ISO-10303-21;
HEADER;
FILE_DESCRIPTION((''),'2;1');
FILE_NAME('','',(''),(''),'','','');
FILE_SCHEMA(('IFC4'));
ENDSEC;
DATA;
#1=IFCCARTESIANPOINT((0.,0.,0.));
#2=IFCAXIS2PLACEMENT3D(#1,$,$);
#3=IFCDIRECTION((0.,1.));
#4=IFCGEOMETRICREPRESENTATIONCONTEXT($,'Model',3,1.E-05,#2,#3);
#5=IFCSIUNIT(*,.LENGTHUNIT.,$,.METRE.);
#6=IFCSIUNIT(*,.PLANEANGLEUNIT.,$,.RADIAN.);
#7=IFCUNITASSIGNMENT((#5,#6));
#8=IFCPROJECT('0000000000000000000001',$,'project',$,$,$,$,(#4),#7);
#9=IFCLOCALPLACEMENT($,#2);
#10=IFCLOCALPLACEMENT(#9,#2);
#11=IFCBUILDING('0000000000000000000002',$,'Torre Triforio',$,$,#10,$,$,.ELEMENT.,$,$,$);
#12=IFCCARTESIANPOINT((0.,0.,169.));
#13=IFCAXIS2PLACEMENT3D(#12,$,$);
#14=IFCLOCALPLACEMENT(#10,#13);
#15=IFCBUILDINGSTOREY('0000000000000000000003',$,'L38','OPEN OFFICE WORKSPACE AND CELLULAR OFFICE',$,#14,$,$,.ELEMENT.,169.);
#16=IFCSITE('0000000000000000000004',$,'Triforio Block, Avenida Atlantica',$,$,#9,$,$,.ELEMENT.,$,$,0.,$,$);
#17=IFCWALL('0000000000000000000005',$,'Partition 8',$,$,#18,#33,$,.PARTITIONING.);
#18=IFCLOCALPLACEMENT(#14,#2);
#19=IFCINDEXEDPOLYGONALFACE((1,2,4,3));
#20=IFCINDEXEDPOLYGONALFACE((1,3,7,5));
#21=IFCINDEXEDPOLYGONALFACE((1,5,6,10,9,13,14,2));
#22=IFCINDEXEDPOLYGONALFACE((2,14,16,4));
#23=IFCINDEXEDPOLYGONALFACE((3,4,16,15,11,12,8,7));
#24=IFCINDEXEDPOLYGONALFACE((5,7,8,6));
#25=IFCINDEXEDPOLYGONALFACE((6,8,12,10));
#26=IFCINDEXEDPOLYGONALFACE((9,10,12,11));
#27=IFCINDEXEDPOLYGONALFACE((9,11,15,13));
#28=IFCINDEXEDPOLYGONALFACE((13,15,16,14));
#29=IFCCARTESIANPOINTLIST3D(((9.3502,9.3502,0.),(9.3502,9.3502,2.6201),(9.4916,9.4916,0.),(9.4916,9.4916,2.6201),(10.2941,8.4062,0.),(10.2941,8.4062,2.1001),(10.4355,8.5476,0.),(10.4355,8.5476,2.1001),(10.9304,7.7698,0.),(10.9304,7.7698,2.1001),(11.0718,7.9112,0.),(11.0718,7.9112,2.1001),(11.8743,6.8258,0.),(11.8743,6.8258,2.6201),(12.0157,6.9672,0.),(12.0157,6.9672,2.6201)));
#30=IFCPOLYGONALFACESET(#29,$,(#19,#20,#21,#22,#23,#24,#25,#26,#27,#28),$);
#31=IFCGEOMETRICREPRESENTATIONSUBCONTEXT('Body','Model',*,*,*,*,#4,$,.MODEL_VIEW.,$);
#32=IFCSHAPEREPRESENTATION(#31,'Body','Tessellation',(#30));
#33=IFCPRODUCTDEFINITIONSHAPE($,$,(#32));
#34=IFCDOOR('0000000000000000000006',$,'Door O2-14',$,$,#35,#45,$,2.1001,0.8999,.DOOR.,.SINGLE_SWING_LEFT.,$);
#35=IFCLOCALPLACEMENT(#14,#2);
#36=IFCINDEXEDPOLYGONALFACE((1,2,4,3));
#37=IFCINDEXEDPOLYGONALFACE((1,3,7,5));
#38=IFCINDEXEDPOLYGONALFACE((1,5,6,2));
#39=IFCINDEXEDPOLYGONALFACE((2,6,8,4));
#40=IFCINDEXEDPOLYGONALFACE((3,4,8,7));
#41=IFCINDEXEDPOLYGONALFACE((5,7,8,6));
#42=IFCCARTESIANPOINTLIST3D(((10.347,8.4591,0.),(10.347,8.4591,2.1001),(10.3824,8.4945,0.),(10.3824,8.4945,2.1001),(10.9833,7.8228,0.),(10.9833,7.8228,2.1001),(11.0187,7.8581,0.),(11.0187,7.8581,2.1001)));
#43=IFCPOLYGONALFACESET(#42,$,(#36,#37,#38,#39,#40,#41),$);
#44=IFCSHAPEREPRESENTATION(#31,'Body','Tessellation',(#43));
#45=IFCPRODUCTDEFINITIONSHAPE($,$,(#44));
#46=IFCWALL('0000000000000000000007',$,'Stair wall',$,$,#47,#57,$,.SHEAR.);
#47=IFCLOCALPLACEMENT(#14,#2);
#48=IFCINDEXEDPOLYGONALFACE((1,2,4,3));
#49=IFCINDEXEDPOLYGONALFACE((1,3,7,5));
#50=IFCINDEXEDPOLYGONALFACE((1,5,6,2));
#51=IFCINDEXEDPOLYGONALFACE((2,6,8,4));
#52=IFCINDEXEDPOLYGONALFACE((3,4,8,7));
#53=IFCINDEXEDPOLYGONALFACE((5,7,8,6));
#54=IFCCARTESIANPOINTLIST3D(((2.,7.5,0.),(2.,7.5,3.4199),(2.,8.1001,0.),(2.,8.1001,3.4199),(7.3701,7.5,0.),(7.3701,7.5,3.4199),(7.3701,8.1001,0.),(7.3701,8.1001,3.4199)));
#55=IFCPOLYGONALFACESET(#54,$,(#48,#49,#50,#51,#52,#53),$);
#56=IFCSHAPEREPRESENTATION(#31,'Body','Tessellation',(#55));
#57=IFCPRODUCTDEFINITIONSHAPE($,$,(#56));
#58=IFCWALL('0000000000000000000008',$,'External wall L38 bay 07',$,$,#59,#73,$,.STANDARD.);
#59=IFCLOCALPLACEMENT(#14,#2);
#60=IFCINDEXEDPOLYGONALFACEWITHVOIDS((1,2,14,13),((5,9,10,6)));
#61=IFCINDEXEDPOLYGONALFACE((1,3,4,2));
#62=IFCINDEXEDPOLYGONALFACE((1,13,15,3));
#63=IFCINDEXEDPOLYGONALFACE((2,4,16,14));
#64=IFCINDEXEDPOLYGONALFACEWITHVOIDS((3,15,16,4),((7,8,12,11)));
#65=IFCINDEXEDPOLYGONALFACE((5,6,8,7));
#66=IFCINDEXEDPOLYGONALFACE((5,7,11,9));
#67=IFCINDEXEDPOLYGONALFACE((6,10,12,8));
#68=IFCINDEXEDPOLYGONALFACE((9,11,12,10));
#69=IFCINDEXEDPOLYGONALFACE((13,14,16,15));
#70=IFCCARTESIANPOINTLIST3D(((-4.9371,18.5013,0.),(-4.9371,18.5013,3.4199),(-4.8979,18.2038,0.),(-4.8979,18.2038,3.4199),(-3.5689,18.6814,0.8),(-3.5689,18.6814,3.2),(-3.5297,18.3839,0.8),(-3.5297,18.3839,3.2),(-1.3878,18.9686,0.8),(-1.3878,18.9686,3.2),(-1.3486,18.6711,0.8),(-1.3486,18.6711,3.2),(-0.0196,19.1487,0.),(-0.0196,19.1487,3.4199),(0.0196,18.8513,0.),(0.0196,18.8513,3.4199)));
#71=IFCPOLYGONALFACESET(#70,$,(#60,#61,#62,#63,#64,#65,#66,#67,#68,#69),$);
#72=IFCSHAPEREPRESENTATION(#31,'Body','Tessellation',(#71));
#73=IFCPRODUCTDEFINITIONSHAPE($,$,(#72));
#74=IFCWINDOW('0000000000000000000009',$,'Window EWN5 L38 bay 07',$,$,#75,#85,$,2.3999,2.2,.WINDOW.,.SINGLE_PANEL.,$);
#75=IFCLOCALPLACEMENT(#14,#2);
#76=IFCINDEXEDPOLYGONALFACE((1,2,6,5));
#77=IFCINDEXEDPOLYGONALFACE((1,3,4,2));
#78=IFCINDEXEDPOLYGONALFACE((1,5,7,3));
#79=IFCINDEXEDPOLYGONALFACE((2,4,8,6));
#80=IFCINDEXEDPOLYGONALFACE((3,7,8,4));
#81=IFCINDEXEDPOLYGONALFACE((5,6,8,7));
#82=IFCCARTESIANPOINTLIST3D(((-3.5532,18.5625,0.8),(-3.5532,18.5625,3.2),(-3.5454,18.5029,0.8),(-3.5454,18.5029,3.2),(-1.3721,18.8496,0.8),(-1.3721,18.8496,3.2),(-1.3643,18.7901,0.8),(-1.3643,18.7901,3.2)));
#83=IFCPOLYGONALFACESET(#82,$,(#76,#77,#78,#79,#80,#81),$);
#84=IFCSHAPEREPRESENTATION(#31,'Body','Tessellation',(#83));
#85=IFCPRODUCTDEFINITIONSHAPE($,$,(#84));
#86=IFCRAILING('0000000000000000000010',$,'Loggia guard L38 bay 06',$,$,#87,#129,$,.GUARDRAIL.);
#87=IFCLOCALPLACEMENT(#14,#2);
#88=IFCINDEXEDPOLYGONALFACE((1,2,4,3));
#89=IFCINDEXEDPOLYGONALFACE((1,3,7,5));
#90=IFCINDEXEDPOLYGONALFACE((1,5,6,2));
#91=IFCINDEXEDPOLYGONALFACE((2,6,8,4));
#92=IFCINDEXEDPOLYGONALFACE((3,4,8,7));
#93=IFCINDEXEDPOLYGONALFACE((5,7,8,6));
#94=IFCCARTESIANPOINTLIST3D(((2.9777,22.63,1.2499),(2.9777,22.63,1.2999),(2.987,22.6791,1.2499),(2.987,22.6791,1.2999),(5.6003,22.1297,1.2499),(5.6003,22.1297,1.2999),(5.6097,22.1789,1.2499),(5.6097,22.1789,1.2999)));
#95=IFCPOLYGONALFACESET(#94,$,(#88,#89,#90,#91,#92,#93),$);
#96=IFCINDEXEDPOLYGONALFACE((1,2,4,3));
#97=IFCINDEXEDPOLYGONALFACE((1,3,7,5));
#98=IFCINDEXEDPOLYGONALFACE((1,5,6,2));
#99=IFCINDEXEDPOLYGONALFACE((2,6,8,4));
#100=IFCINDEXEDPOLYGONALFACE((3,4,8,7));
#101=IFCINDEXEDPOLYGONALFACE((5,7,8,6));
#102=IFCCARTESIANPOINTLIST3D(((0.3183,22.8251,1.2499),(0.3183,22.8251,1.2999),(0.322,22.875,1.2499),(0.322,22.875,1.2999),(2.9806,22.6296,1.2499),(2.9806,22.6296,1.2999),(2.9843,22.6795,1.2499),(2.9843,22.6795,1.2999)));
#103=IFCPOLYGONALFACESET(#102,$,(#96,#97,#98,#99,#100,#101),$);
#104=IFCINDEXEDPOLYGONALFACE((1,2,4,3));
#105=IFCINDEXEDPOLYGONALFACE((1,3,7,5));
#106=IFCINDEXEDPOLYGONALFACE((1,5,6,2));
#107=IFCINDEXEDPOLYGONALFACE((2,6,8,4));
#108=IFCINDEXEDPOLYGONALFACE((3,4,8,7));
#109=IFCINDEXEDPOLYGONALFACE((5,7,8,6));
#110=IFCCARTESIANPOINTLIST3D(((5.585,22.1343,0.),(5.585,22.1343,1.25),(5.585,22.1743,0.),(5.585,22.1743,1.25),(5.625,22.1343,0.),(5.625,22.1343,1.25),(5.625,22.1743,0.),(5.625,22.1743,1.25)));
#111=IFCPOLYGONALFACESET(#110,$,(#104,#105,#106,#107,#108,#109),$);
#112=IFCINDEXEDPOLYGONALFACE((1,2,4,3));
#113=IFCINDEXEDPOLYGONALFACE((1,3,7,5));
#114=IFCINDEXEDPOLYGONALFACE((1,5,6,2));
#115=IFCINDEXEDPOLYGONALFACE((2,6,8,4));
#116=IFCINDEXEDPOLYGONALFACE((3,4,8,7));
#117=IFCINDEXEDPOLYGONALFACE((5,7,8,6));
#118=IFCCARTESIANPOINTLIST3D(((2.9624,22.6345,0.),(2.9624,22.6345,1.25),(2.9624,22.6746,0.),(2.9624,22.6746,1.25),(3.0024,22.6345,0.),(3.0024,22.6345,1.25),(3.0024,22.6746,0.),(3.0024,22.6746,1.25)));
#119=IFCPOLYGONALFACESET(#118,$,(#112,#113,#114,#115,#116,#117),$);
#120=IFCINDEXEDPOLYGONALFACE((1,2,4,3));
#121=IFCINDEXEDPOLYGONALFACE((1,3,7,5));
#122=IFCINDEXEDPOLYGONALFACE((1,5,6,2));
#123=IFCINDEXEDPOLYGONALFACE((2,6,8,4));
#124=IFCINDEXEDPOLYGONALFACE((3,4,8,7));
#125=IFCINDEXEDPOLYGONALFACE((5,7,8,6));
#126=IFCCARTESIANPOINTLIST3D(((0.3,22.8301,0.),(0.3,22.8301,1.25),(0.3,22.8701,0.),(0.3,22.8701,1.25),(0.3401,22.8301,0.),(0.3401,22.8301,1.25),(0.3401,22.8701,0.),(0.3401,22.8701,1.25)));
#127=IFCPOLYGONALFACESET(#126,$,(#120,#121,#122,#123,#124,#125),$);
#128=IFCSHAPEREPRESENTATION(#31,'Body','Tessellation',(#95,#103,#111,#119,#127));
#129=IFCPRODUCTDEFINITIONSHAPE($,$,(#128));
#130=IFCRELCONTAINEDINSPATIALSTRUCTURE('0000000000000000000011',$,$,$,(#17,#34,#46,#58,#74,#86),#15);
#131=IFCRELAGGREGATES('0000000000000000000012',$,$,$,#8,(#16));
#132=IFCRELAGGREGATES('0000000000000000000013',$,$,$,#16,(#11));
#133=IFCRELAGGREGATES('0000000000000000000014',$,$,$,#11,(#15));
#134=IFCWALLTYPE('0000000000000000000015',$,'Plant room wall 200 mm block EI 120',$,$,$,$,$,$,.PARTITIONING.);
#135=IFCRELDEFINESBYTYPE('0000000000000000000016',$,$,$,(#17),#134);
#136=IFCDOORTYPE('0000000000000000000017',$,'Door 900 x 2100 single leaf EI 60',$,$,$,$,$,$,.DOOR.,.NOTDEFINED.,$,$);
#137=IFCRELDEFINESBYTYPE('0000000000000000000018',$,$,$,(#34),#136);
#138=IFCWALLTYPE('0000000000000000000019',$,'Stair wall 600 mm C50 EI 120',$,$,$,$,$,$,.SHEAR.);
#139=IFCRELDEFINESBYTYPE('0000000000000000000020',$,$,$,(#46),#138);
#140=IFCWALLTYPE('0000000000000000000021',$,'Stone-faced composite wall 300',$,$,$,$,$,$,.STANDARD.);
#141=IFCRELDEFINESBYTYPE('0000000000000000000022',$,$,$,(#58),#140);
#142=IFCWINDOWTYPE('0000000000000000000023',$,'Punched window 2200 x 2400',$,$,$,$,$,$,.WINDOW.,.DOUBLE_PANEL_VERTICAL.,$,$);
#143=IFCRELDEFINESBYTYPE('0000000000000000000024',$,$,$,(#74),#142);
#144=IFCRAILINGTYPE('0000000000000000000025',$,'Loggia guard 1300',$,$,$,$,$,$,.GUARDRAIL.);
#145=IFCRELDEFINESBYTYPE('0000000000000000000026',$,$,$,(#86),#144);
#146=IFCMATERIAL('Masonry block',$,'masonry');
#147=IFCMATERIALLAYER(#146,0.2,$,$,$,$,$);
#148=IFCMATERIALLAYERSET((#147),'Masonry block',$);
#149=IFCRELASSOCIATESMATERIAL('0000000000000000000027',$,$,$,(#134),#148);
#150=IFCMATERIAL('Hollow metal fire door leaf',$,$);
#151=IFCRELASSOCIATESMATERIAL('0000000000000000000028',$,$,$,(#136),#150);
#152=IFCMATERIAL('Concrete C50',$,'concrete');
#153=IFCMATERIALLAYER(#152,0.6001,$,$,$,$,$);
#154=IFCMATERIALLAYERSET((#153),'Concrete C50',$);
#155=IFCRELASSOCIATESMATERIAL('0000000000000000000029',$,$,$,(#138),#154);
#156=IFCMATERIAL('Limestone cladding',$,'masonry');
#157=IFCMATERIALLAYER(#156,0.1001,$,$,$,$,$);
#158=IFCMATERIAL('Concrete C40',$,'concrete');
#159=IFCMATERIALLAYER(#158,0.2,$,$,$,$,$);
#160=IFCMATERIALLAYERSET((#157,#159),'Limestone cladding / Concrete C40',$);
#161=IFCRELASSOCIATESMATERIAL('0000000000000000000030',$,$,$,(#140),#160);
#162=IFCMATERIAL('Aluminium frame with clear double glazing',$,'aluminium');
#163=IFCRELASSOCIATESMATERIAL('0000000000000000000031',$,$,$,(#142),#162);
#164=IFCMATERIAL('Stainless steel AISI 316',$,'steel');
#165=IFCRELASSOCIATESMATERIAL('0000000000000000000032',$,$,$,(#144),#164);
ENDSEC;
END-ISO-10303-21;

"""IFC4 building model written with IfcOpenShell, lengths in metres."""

from ifc_helpers import new_model, si_unit, direction, frame, frame_2d, origin, origin_2d, place, context, subcontext, project, spatial, rectangle, extrude, material, layer, layer_set, type_object, element, fill, save


model = new_model("IFC4")

# Units and contexts
model_context = context("Model", 3, precision=1e-05, world=origin(), true_north=direction((0.0, 1.0)))
body_context = subcontext(model_context, "Body", "Model", "MODEL_VIEW")
ifc_project = project(units=[si_unit("LENGTHUNIT", "METRE"), si_unit("PLANEANGLEUNIT", "RADIAN")], contexts=[model_context])

# Site, building, storey
site_placement = place(None, origin())
site = spatial("IfcSite", under=ifc_project, at=site_placement, Name="Triforio Block, Avenida Atlantica", CompositionType="ELEMENT", RefElevation=0.0)
building_placement = place(site_placement, origin())
building = spatial("IfcBuilding", under=site, at=building_placement, Name="Torre Triforio", CompositionType="ELEMENT")
storey_placement = place(building_placement, frame((0.0, 0.0, 169.0)))
storey = spatial("IfcBuildingStorey", under=building, at=storey_placement, Name="L38", Description="OPEN OFFICE WORKSPACE AND CELLULAR OFFICE", CompositionType="ELEMENT", Elevation=169.0)

# Shared definitions
ifc_material_1 = material(Name="Concrete C50", Category="concrete")

# Shared definitions
ifc_material_2 = material(Name="Concrete C40", Category="concrete")

# Shared definitions
ifc_material_3 = material(Name="Hollow metal fire door leaf")

# Wall, opening, door
ifc_material_4 = material(Name="Masonry block", Category="masonry")
ifc_layer_1 = layer(ifc_material_4, 0.2)
ifc_layer_set_1 = layer_set([ifc_layer_1], Name="Masonry block")
wall_type_1 = type_object("IfcWallType", Name="Plant room wall 200 mm block EI 120", PredefinedType="PARTITIONING", material=ifc_layer_set_1)
wall_1_placement = place(storey_placement, frame((9.4209, 9.4209, 0.0), z_axis=(0.0, 0.0, 1.0), x_axis=(0.707073, -0.707141, 0.0)))
wall_1 = element("IfcWall", 1, at=wall_1_placement, inside=storey, type_object=wall_type_1, Name="Partition 8", PredefinedType="PARTITIONING", context=body_context, shape_type="SweptSolid", body=[
    extrude(rectangle(XDim=3.5698, YDim=0.2, at=frame_2d((1.7849, 0.0))), origin(), (0.0, 0.0, 1.0), 2.6201),
])
opening_1_placement = place(wall_1_placement, frame((1.335, 0.0, 0.0)))
opening_1 = element("IfcOpeningElement", 2, at=opening_1_placement, cuts=wall_1, PredefinedType="OPENING", context=body_context, shape_type="SweptSolid", body=[
    extrude(rectangle(XDim=0.8999, YDim=2.1001, at=frame_2d((0.45, 1.05))), frame((0.0, 0.1099, 0.0), z_axis=(0.0, -1.0, 0.0), x_axis=(1.0, 0.0, 0.0)), (0.0, 0.0, 1.0), 0.22),
])
door_type_1 = type_object("IfcDoorType", Name="Door 900 x 2100 single leaf EI 60", OperationType="NOTDEFINED", PredefinedType="DOOR", material=ifc_material_3)
door_1_placement = place(opening_1_placement, origin())
door_1 = element("IfcDoor", 3, at=door_1_placement, inside=storey, type_object=door_type_1, Name="Door O2-14", OperationType="SINGLE_SWING_LEFT", OverallHeight=2.1001, OverallWidth=0.8999, PredefinedType="DOOR", context=body_context, shape_type="SweptSolid", body=[
    extrude(rectangle(XDim=0.8999, YDim=2.1001, at=frame_2d((0.45, 1.05))), frame((0.0, 0.0249, 0.0), z_axis=(0.0, -1.0, 0.0), x_axis=(1.0, 0.0, 0.0)), (0.0, 0.0, 1.0), 0.05),
])
fill(opening_1, door_1)

# Wall
ifc_layer_2 = layer(ifc_material_1, 0.6001)
ifc_layer_set_2 = layer_set([ifc_layer_2], Name="Concrete C50")
wall_type_2 = type_object("IfcWallType", Name="Stair wall 600 mm C50 EI 120", PredefinedType="SHEAR", material=ifc_layer_set_2)
wall_2_placement = place(storey_placement, frame((2.0, 7.8, 0.0), z_axis=(0.0, 0.0, 1.0), x_axis=(1.0, 0.0, 0.0)))
element("IfcWall", 4, at=wall_2_placement, inside=storey, type_object=wall_type_2, Name="Stair wall", PredefinedType="SHEAR", context=body_context, shape_type="SweptSolid", body=[
    extrude(rectangle(XDim=5.3701, YDim=0.6001, at=frame_2d((2.6851, 0.0))), origin(), (0.0, 0.0, 1.0), 3.4199),
])

# Shared definitions
ifc_material_5 = material(Name="Limestone cladding", Category="masonry")
ifc_layer_3 = layer(ifc_material_5, 0.1001)
ifc_layer_4 = layer(ifc_material_2, 0.2)
ifc_layer_set_3 = layer_set([ifc_layer_3, ifc_layer_4], Name="Limestone cladding / Concrete C40")
wall_type_3 = type_object("IfcWallType", Name="Stone-faced composite wall 300", PredefinedType="STANDARD", material=ifc_layer_set_3)
ifc_material_6 = material(Name="Aluminium frame with clear double glazing", Category="aluminium")

# Wall, opening, window
wall_3_placement = place(storey_placement, frame((0.0, 19.0, 0.0), z_axis=(0.0, 0.0, 1.0), x_axis=(-0.991443, -0.130539, 0.0)))
wall_3 = element("IfcWall", 5, at=wall_3_placement, inside=storey, type_object=wall_type_3, Name="External wall L38 bay 07", PredefinedType="STANDARD", context=body_context, shape_type="SweptSolid", body=[
    extrude(rectangle(XDim=4.96, YDim=0.3, at=frame_2d((2.48, 0.0))), origin(), (0.0, 0.0, 1.0), 3.4199),
])
opening_2_placement = place(wall_3_placement, frame((1.3799, 0.0, 0.8)))
opening_2 = element("IfcOpeningElement", 6, at=opening_2_placement, cuts=wall_3, PredefinedType="OPENING", context=body_context, shape_type="SweptSolid", body=[
    extrude(rectangle(XDim=2.2, YDim=2.3999, at=frame_2d((1.1001, 1.2))), frame((0.0, 0.1599, 0.0), z_axis=(0.0, -1.0, 0.0), x_axis=(1.0, 0.0, 0.0)), (0.0, 0.0, 1.0), 0.3201),
])
window_type_1 = type_object("IfcWindowType", Name="Punched window 2200 x 2400", PartitioningType="DOUBLE_PANEL_VERTICAL", PredefinedType="WINDOW", material=ifc_material_6)
window_1_placement = place(opening_2_placement, origin())
window_1 = element("IfcWindow", 7, at=window_1_placement, inside=storey, type_object=window_type_1, Name="Window EWN5 L38 bay 07", OverallHeight=2.3999, OverallWidth=2.2, PartitioningType="SINGLE_PANEL", PredefinedType="WINDOW", context=body_context, shape_type="SweptSolid", body=[
    extrude(rectangle(XDim=2.2, YDim=2.3999, at=frame_2d((1.1001, 1.2))), frame((0.0, 0.03, 0.0), z_axis=(0.0, -1.0, 0.0), x_axis=(1.0, 0.0, 0.0)), (0.0, 0.0, 1.0), 0.0601),
])
fill(opening_2, window_1)

# Railing
ifc_material_7 = material(Name="Stainless steel AISI 316", Category="steel")
railing_type = type_object("IfcRailingType", Name="Loggia guard 1300", PredefinedType="GUARDRAIL", material=ifc_material_7)
railing_placement = place(storey_placement, frame((5.605, 22.1543, 0.0)))
element("IfcRailing", 8, at=railing_placement, inside=storey, type_object=railing_type, Name="Loggia guard L38 bay 06", PredefinedType="GUARDRAIL", context=body_context, shape_type="SweptSolid", body=[
    extrude(rectangle(XDim=0.05, YDim=0.05, at=origin_2d()), frame((0.0, 0.0, 1.2749), z_axis=(-0.98229, 0.187368, 0.0), x_axis=(-0.187368, -0.98229, 0.0)), (0.0, 0.0, 1.0), 2.6699),
    extrude(rectangle(XDim=0.05, YDim=0.05, at=origin_2d()), frame((-2.6226, 0.5002, 1.2749), z_axis=(-0.997313, 0.073255, 0.0), x_axis=(-0.073255, -0.997313, 0.0)), (0.0, 0.0, 1.0), 2.6694),
    extrude(rectangle(XDim=0.04, YDim=0.04, at=origin_2d()), origin(), (0.0, 0.0, 1.0), 1.25),
    extrude(rectangle(XDim=0.04, YDim=0.04, at=origin_2d()), frame((-2.6226, 0.5002, 0.0)), (0.0, 0.0, 1.0), 1.25),
    extrude(rectangle(XDim=0.04, YDim=0.04, at=origin_2d()), frame((-5.2849, 0.6958, 0.0)), (0.0, 0.0, 1.0), 1.25),
])

save(model, "model.ifc")
